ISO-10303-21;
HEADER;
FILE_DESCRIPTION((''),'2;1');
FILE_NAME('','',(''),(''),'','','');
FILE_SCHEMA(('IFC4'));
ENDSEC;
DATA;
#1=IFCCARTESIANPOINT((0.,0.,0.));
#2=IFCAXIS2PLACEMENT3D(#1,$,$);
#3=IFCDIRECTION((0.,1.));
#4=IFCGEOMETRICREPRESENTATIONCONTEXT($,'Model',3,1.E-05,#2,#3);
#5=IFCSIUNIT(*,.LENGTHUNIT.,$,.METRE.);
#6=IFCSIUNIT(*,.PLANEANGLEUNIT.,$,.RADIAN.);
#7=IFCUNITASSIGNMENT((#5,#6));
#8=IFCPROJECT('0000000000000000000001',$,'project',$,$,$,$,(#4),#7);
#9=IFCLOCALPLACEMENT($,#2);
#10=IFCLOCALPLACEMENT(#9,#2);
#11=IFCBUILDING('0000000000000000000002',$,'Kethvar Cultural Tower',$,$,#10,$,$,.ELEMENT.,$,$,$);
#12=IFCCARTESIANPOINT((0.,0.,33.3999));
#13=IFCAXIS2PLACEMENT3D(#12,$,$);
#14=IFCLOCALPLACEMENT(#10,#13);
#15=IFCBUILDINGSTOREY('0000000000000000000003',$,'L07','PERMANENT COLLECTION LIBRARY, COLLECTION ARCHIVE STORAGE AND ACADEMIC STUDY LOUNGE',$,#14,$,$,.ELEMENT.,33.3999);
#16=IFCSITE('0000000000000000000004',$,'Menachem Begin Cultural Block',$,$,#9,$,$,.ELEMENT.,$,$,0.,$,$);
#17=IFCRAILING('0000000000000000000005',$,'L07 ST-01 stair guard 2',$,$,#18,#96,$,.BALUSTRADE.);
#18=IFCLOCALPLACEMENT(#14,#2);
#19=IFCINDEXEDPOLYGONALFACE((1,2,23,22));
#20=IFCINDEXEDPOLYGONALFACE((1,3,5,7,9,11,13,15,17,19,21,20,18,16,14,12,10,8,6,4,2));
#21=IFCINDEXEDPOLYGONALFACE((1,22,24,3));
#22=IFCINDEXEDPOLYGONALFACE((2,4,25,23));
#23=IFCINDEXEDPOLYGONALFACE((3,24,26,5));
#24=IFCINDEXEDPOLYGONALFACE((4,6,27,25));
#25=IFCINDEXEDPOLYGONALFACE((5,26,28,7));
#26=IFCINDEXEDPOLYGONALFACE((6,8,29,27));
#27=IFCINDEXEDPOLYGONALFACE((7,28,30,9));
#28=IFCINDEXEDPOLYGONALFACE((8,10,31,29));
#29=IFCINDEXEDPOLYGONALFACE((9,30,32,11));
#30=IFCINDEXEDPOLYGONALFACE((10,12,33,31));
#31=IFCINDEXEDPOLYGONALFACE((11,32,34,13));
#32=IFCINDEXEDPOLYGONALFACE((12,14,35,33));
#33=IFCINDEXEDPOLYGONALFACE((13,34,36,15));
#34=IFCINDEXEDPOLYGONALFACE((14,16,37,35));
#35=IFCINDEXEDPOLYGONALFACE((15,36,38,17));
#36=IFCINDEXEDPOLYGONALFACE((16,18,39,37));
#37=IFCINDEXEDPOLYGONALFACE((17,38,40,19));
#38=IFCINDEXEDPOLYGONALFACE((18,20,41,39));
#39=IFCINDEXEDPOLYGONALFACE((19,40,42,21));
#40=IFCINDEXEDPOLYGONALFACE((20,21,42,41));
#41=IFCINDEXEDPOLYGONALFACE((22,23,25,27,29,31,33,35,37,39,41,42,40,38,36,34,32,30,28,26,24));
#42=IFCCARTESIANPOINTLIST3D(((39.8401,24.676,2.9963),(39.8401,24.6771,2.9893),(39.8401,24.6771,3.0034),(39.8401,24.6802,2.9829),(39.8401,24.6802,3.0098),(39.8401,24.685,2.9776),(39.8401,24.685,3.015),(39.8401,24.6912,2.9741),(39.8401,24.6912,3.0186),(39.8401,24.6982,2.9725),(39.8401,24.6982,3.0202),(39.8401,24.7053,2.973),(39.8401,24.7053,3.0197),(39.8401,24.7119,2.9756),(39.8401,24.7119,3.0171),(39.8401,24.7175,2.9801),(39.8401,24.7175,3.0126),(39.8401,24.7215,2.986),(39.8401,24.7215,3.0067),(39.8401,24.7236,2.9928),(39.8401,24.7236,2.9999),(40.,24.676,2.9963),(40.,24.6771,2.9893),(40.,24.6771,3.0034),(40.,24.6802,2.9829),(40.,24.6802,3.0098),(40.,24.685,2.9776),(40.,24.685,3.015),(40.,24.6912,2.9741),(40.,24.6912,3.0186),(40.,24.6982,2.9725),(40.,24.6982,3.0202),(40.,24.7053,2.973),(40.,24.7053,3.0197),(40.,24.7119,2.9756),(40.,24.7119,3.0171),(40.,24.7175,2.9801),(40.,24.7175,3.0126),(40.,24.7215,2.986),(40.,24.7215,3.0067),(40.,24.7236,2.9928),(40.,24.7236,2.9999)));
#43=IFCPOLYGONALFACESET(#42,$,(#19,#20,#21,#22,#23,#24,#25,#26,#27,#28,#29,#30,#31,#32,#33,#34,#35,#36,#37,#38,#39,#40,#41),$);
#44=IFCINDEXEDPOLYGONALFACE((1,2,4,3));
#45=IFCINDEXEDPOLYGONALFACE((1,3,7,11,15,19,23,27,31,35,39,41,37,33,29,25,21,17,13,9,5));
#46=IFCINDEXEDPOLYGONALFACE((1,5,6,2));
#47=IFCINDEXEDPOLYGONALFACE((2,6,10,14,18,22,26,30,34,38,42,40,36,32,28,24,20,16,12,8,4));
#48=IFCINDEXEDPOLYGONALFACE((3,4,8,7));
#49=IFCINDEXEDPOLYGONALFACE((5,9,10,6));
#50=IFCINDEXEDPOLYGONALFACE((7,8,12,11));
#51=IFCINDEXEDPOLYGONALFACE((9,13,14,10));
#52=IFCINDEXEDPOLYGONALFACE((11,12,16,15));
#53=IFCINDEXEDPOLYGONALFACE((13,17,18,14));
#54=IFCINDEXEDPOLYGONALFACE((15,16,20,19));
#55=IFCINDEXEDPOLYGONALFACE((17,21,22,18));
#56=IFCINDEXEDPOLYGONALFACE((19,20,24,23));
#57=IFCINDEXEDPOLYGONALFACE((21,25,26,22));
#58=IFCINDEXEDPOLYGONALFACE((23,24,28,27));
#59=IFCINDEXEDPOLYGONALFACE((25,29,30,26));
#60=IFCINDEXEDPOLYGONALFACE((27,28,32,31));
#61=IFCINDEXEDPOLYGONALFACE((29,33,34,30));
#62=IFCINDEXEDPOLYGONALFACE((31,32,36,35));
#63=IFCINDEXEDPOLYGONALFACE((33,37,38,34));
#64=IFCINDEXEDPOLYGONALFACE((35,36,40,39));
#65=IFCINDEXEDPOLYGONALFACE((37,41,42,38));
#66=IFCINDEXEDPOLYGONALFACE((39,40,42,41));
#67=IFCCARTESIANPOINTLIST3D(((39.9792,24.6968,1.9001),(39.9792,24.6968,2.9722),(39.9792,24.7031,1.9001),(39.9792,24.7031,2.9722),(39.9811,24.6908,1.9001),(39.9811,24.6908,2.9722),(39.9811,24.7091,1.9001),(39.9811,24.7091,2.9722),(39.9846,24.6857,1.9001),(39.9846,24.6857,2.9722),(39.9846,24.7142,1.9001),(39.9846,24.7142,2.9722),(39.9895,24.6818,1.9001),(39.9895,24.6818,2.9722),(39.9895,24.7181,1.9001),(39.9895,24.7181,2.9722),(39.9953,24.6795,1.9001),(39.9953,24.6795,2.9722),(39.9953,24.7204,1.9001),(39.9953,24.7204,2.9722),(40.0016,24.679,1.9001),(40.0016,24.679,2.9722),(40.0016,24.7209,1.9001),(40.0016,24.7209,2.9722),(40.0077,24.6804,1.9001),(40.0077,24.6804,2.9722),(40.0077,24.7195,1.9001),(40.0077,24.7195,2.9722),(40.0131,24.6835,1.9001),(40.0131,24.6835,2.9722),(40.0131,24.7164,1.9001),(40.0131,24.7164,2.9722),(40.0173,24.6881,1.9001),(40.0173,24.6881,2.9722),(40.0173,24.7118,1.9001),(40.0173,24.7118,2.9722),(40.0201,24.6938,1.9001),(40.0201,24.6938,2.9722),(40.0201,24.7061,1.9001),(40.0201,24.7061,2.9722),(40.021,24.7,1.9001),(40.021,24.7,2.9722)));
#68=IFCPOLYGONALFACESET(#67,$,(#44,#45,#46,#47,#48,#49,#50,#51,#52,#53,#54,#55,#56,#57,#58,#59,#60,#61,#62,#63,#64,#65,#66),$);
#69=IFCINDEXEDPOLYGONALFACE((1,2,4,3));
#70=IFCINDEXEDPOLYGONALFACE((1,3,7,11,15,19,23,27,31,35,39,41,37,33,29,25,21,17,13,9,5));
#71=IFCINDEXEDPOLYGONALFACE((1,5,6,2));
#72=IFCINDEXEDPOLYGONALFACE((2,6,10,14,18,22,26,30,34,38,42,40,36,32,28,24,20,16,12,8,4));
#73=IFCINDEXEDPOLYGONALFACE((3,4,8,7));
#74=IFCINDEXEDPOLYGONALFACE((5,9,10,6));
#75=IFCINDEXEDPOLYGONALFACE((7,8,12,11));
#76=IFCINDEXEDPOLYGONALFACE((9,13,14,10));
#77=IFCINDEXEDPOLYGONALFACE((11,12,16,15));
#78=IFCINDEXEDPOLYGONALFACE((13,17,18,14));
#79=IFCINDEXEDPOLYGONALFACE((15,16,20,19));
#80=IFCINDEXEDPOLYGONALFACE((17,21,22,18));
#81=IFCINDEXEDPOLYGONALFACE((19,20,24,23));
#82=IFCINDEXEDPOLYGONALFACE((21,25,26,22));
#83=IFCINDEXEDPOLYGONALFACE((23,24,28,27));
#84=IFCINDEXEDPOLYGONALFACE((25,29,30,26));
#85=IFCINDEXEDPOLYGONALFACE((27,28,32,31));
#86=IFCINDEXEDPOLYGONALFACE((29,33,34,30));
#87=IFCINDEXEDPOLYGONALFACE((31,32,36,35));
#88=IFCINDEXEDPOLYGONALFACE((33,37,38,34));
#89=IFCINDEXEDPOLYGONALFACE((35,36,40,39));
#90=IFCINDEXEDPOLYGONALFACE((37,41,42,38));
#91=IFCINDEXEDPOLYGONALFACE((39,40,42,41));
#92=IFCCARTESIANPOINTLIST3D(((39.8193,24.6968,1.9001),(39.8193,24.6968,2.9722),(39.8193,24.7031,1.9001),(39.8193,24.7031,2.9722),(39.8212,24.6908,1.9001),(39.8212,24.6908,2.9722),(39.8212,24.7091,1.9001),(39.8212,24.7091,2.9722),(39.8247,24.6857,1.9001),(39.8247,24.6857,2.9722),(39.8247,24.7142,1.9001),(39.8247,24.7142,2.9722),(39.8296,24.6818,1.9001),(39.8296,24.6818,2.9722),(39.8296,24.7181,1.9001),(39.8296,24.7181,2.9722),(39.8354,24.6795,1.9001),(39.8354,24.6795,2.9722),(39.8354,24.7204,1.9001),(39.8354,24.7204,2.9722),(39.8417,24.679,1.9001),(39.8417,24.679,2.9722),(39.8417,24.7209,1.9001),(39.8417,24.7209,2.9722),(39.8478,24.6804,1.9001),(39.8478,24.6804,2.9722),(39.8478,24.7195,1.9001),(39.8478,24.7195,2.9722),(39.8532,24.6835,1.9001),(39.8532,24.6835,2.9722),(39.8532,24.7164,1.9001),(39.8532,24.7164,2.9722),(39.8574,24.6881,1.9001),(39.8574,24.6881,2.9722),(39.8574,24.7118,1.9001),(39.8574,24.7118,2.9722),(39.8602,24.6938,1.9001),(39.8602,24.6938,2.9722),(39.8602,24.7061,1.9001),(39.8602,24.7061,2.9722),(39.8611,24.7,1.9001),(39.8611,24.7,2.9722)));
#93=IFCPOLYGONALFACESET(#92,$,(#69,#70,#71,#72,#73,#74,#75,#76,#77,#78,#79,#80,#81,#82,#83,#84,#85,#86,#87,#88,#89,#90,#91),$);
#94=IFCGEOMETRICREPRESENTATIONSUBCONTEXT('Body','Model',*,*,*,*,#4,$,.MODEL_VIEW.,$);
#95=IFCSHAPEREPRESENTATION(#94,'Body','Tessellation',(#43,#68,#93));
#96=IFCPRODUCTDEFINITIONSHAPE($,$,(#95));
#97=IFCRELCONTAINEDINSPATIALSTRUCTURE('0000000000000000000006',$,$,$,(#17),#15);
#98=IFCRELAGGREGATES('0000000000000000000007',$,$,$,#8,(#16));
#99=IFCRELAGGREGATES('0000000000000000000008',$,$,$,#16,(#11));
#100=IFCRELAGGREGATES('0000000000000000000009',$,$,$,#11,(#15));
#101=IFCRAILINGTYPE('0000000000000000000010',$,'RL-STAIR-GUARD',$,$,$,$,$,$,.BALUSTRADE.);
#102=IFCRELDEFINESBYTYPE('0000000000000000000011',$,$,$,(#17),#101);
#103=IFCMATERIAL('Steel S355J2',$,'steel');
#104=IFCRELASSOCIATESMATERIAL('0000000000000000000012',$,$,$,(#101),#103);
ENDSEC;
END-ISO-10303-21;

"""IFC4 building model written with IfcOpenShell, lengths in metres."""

from ifc_helpers import new_model, si_unit, direction, frame, origin, origin_2d, place, context, subcontext, project, spatial, circle, extrude, material, type_object, element, save


model = new_model("IFC4")

# Units and contexts
model_context = context("Model", 3, precision=1e-05, world=origin(), true_north=direction((0.0, 1.0)))
body_context = subcontext(model_context, "Body", "Model", "MODEL_VIEW")
ifc_project = project(units=[si_unit("LENGTHUNIT", "METRE"), si_unit("PLANEANGLEUNIT", "RADIAN")], contexts=[model_context])

# Site, building, storey
site_placement = place(None, origin())
site = spatial("IfcSite", under=ifc_project, at=site_placement, Name="Menachem Begin Cultural Block", CompositionType="ELEMENT", RefElevation=0.0)
building_placement = place(site_placement, origin())
building = spatial("IfcBuilding", under=site, at=building_placement, Name="Kethvar Cultural Tower", CompositionType="ELEMENT")
storey_placement = place(building_placement, frame((0.0, 0.0, 33.3999)))
storey = spatial("IfcBuildingStorey", under=building, at=storey_placement, Name="L07", Description="PERMANENT COLLECTION LIBRARY, COLLECTION ARCHIVE STORAGE AND ACADEMIC STUDY LOUNGE", CompositionType="ELEMENT", Elevation=33.3999)

# Shared definitions
ifc_material_1 = material(Name="Steel S355J2", Category="steel")

# Railing
railing_type_1 = type_object("IfcRailingType", Name="RL-STAIR-GUARD", PredefinedType="BALUSTRADE", material=ifc_material_1)
railing_1_placement = place(storey_placement, frame((40.0, 24.7, 1.9001)))
element("IfcRailing", 1, at=railing_1_placement, inside=storey, type_object=railing_type_1, Name="L07 ST-01 stair guard 2", PredefinedType="BALUSTRADE", context=body_context, shape_type="SweptSolid", body=[
    extrude(circle(Radius=0.0239, at=origin_2d()), frame((0.0, 0.0, 1.0962), z_axis=(-1.0, 0.0, 0.0), x_axis=(0.0, -1.0, 0.0)), (0.0, 0.0, 1.0), 0.1599),
    extrude(circle(Radius=0.021, at=origin_2d()), origin(), (0.0, 0.0, 1.0), 1.072),
    extrude(circle(Radius=0.021, at=origin_2d()), frame((-0.1599, 0.0, 0.0)), (0.0, 0.0, 1.0), 1.072),
])

save(model, "model.ifc")
